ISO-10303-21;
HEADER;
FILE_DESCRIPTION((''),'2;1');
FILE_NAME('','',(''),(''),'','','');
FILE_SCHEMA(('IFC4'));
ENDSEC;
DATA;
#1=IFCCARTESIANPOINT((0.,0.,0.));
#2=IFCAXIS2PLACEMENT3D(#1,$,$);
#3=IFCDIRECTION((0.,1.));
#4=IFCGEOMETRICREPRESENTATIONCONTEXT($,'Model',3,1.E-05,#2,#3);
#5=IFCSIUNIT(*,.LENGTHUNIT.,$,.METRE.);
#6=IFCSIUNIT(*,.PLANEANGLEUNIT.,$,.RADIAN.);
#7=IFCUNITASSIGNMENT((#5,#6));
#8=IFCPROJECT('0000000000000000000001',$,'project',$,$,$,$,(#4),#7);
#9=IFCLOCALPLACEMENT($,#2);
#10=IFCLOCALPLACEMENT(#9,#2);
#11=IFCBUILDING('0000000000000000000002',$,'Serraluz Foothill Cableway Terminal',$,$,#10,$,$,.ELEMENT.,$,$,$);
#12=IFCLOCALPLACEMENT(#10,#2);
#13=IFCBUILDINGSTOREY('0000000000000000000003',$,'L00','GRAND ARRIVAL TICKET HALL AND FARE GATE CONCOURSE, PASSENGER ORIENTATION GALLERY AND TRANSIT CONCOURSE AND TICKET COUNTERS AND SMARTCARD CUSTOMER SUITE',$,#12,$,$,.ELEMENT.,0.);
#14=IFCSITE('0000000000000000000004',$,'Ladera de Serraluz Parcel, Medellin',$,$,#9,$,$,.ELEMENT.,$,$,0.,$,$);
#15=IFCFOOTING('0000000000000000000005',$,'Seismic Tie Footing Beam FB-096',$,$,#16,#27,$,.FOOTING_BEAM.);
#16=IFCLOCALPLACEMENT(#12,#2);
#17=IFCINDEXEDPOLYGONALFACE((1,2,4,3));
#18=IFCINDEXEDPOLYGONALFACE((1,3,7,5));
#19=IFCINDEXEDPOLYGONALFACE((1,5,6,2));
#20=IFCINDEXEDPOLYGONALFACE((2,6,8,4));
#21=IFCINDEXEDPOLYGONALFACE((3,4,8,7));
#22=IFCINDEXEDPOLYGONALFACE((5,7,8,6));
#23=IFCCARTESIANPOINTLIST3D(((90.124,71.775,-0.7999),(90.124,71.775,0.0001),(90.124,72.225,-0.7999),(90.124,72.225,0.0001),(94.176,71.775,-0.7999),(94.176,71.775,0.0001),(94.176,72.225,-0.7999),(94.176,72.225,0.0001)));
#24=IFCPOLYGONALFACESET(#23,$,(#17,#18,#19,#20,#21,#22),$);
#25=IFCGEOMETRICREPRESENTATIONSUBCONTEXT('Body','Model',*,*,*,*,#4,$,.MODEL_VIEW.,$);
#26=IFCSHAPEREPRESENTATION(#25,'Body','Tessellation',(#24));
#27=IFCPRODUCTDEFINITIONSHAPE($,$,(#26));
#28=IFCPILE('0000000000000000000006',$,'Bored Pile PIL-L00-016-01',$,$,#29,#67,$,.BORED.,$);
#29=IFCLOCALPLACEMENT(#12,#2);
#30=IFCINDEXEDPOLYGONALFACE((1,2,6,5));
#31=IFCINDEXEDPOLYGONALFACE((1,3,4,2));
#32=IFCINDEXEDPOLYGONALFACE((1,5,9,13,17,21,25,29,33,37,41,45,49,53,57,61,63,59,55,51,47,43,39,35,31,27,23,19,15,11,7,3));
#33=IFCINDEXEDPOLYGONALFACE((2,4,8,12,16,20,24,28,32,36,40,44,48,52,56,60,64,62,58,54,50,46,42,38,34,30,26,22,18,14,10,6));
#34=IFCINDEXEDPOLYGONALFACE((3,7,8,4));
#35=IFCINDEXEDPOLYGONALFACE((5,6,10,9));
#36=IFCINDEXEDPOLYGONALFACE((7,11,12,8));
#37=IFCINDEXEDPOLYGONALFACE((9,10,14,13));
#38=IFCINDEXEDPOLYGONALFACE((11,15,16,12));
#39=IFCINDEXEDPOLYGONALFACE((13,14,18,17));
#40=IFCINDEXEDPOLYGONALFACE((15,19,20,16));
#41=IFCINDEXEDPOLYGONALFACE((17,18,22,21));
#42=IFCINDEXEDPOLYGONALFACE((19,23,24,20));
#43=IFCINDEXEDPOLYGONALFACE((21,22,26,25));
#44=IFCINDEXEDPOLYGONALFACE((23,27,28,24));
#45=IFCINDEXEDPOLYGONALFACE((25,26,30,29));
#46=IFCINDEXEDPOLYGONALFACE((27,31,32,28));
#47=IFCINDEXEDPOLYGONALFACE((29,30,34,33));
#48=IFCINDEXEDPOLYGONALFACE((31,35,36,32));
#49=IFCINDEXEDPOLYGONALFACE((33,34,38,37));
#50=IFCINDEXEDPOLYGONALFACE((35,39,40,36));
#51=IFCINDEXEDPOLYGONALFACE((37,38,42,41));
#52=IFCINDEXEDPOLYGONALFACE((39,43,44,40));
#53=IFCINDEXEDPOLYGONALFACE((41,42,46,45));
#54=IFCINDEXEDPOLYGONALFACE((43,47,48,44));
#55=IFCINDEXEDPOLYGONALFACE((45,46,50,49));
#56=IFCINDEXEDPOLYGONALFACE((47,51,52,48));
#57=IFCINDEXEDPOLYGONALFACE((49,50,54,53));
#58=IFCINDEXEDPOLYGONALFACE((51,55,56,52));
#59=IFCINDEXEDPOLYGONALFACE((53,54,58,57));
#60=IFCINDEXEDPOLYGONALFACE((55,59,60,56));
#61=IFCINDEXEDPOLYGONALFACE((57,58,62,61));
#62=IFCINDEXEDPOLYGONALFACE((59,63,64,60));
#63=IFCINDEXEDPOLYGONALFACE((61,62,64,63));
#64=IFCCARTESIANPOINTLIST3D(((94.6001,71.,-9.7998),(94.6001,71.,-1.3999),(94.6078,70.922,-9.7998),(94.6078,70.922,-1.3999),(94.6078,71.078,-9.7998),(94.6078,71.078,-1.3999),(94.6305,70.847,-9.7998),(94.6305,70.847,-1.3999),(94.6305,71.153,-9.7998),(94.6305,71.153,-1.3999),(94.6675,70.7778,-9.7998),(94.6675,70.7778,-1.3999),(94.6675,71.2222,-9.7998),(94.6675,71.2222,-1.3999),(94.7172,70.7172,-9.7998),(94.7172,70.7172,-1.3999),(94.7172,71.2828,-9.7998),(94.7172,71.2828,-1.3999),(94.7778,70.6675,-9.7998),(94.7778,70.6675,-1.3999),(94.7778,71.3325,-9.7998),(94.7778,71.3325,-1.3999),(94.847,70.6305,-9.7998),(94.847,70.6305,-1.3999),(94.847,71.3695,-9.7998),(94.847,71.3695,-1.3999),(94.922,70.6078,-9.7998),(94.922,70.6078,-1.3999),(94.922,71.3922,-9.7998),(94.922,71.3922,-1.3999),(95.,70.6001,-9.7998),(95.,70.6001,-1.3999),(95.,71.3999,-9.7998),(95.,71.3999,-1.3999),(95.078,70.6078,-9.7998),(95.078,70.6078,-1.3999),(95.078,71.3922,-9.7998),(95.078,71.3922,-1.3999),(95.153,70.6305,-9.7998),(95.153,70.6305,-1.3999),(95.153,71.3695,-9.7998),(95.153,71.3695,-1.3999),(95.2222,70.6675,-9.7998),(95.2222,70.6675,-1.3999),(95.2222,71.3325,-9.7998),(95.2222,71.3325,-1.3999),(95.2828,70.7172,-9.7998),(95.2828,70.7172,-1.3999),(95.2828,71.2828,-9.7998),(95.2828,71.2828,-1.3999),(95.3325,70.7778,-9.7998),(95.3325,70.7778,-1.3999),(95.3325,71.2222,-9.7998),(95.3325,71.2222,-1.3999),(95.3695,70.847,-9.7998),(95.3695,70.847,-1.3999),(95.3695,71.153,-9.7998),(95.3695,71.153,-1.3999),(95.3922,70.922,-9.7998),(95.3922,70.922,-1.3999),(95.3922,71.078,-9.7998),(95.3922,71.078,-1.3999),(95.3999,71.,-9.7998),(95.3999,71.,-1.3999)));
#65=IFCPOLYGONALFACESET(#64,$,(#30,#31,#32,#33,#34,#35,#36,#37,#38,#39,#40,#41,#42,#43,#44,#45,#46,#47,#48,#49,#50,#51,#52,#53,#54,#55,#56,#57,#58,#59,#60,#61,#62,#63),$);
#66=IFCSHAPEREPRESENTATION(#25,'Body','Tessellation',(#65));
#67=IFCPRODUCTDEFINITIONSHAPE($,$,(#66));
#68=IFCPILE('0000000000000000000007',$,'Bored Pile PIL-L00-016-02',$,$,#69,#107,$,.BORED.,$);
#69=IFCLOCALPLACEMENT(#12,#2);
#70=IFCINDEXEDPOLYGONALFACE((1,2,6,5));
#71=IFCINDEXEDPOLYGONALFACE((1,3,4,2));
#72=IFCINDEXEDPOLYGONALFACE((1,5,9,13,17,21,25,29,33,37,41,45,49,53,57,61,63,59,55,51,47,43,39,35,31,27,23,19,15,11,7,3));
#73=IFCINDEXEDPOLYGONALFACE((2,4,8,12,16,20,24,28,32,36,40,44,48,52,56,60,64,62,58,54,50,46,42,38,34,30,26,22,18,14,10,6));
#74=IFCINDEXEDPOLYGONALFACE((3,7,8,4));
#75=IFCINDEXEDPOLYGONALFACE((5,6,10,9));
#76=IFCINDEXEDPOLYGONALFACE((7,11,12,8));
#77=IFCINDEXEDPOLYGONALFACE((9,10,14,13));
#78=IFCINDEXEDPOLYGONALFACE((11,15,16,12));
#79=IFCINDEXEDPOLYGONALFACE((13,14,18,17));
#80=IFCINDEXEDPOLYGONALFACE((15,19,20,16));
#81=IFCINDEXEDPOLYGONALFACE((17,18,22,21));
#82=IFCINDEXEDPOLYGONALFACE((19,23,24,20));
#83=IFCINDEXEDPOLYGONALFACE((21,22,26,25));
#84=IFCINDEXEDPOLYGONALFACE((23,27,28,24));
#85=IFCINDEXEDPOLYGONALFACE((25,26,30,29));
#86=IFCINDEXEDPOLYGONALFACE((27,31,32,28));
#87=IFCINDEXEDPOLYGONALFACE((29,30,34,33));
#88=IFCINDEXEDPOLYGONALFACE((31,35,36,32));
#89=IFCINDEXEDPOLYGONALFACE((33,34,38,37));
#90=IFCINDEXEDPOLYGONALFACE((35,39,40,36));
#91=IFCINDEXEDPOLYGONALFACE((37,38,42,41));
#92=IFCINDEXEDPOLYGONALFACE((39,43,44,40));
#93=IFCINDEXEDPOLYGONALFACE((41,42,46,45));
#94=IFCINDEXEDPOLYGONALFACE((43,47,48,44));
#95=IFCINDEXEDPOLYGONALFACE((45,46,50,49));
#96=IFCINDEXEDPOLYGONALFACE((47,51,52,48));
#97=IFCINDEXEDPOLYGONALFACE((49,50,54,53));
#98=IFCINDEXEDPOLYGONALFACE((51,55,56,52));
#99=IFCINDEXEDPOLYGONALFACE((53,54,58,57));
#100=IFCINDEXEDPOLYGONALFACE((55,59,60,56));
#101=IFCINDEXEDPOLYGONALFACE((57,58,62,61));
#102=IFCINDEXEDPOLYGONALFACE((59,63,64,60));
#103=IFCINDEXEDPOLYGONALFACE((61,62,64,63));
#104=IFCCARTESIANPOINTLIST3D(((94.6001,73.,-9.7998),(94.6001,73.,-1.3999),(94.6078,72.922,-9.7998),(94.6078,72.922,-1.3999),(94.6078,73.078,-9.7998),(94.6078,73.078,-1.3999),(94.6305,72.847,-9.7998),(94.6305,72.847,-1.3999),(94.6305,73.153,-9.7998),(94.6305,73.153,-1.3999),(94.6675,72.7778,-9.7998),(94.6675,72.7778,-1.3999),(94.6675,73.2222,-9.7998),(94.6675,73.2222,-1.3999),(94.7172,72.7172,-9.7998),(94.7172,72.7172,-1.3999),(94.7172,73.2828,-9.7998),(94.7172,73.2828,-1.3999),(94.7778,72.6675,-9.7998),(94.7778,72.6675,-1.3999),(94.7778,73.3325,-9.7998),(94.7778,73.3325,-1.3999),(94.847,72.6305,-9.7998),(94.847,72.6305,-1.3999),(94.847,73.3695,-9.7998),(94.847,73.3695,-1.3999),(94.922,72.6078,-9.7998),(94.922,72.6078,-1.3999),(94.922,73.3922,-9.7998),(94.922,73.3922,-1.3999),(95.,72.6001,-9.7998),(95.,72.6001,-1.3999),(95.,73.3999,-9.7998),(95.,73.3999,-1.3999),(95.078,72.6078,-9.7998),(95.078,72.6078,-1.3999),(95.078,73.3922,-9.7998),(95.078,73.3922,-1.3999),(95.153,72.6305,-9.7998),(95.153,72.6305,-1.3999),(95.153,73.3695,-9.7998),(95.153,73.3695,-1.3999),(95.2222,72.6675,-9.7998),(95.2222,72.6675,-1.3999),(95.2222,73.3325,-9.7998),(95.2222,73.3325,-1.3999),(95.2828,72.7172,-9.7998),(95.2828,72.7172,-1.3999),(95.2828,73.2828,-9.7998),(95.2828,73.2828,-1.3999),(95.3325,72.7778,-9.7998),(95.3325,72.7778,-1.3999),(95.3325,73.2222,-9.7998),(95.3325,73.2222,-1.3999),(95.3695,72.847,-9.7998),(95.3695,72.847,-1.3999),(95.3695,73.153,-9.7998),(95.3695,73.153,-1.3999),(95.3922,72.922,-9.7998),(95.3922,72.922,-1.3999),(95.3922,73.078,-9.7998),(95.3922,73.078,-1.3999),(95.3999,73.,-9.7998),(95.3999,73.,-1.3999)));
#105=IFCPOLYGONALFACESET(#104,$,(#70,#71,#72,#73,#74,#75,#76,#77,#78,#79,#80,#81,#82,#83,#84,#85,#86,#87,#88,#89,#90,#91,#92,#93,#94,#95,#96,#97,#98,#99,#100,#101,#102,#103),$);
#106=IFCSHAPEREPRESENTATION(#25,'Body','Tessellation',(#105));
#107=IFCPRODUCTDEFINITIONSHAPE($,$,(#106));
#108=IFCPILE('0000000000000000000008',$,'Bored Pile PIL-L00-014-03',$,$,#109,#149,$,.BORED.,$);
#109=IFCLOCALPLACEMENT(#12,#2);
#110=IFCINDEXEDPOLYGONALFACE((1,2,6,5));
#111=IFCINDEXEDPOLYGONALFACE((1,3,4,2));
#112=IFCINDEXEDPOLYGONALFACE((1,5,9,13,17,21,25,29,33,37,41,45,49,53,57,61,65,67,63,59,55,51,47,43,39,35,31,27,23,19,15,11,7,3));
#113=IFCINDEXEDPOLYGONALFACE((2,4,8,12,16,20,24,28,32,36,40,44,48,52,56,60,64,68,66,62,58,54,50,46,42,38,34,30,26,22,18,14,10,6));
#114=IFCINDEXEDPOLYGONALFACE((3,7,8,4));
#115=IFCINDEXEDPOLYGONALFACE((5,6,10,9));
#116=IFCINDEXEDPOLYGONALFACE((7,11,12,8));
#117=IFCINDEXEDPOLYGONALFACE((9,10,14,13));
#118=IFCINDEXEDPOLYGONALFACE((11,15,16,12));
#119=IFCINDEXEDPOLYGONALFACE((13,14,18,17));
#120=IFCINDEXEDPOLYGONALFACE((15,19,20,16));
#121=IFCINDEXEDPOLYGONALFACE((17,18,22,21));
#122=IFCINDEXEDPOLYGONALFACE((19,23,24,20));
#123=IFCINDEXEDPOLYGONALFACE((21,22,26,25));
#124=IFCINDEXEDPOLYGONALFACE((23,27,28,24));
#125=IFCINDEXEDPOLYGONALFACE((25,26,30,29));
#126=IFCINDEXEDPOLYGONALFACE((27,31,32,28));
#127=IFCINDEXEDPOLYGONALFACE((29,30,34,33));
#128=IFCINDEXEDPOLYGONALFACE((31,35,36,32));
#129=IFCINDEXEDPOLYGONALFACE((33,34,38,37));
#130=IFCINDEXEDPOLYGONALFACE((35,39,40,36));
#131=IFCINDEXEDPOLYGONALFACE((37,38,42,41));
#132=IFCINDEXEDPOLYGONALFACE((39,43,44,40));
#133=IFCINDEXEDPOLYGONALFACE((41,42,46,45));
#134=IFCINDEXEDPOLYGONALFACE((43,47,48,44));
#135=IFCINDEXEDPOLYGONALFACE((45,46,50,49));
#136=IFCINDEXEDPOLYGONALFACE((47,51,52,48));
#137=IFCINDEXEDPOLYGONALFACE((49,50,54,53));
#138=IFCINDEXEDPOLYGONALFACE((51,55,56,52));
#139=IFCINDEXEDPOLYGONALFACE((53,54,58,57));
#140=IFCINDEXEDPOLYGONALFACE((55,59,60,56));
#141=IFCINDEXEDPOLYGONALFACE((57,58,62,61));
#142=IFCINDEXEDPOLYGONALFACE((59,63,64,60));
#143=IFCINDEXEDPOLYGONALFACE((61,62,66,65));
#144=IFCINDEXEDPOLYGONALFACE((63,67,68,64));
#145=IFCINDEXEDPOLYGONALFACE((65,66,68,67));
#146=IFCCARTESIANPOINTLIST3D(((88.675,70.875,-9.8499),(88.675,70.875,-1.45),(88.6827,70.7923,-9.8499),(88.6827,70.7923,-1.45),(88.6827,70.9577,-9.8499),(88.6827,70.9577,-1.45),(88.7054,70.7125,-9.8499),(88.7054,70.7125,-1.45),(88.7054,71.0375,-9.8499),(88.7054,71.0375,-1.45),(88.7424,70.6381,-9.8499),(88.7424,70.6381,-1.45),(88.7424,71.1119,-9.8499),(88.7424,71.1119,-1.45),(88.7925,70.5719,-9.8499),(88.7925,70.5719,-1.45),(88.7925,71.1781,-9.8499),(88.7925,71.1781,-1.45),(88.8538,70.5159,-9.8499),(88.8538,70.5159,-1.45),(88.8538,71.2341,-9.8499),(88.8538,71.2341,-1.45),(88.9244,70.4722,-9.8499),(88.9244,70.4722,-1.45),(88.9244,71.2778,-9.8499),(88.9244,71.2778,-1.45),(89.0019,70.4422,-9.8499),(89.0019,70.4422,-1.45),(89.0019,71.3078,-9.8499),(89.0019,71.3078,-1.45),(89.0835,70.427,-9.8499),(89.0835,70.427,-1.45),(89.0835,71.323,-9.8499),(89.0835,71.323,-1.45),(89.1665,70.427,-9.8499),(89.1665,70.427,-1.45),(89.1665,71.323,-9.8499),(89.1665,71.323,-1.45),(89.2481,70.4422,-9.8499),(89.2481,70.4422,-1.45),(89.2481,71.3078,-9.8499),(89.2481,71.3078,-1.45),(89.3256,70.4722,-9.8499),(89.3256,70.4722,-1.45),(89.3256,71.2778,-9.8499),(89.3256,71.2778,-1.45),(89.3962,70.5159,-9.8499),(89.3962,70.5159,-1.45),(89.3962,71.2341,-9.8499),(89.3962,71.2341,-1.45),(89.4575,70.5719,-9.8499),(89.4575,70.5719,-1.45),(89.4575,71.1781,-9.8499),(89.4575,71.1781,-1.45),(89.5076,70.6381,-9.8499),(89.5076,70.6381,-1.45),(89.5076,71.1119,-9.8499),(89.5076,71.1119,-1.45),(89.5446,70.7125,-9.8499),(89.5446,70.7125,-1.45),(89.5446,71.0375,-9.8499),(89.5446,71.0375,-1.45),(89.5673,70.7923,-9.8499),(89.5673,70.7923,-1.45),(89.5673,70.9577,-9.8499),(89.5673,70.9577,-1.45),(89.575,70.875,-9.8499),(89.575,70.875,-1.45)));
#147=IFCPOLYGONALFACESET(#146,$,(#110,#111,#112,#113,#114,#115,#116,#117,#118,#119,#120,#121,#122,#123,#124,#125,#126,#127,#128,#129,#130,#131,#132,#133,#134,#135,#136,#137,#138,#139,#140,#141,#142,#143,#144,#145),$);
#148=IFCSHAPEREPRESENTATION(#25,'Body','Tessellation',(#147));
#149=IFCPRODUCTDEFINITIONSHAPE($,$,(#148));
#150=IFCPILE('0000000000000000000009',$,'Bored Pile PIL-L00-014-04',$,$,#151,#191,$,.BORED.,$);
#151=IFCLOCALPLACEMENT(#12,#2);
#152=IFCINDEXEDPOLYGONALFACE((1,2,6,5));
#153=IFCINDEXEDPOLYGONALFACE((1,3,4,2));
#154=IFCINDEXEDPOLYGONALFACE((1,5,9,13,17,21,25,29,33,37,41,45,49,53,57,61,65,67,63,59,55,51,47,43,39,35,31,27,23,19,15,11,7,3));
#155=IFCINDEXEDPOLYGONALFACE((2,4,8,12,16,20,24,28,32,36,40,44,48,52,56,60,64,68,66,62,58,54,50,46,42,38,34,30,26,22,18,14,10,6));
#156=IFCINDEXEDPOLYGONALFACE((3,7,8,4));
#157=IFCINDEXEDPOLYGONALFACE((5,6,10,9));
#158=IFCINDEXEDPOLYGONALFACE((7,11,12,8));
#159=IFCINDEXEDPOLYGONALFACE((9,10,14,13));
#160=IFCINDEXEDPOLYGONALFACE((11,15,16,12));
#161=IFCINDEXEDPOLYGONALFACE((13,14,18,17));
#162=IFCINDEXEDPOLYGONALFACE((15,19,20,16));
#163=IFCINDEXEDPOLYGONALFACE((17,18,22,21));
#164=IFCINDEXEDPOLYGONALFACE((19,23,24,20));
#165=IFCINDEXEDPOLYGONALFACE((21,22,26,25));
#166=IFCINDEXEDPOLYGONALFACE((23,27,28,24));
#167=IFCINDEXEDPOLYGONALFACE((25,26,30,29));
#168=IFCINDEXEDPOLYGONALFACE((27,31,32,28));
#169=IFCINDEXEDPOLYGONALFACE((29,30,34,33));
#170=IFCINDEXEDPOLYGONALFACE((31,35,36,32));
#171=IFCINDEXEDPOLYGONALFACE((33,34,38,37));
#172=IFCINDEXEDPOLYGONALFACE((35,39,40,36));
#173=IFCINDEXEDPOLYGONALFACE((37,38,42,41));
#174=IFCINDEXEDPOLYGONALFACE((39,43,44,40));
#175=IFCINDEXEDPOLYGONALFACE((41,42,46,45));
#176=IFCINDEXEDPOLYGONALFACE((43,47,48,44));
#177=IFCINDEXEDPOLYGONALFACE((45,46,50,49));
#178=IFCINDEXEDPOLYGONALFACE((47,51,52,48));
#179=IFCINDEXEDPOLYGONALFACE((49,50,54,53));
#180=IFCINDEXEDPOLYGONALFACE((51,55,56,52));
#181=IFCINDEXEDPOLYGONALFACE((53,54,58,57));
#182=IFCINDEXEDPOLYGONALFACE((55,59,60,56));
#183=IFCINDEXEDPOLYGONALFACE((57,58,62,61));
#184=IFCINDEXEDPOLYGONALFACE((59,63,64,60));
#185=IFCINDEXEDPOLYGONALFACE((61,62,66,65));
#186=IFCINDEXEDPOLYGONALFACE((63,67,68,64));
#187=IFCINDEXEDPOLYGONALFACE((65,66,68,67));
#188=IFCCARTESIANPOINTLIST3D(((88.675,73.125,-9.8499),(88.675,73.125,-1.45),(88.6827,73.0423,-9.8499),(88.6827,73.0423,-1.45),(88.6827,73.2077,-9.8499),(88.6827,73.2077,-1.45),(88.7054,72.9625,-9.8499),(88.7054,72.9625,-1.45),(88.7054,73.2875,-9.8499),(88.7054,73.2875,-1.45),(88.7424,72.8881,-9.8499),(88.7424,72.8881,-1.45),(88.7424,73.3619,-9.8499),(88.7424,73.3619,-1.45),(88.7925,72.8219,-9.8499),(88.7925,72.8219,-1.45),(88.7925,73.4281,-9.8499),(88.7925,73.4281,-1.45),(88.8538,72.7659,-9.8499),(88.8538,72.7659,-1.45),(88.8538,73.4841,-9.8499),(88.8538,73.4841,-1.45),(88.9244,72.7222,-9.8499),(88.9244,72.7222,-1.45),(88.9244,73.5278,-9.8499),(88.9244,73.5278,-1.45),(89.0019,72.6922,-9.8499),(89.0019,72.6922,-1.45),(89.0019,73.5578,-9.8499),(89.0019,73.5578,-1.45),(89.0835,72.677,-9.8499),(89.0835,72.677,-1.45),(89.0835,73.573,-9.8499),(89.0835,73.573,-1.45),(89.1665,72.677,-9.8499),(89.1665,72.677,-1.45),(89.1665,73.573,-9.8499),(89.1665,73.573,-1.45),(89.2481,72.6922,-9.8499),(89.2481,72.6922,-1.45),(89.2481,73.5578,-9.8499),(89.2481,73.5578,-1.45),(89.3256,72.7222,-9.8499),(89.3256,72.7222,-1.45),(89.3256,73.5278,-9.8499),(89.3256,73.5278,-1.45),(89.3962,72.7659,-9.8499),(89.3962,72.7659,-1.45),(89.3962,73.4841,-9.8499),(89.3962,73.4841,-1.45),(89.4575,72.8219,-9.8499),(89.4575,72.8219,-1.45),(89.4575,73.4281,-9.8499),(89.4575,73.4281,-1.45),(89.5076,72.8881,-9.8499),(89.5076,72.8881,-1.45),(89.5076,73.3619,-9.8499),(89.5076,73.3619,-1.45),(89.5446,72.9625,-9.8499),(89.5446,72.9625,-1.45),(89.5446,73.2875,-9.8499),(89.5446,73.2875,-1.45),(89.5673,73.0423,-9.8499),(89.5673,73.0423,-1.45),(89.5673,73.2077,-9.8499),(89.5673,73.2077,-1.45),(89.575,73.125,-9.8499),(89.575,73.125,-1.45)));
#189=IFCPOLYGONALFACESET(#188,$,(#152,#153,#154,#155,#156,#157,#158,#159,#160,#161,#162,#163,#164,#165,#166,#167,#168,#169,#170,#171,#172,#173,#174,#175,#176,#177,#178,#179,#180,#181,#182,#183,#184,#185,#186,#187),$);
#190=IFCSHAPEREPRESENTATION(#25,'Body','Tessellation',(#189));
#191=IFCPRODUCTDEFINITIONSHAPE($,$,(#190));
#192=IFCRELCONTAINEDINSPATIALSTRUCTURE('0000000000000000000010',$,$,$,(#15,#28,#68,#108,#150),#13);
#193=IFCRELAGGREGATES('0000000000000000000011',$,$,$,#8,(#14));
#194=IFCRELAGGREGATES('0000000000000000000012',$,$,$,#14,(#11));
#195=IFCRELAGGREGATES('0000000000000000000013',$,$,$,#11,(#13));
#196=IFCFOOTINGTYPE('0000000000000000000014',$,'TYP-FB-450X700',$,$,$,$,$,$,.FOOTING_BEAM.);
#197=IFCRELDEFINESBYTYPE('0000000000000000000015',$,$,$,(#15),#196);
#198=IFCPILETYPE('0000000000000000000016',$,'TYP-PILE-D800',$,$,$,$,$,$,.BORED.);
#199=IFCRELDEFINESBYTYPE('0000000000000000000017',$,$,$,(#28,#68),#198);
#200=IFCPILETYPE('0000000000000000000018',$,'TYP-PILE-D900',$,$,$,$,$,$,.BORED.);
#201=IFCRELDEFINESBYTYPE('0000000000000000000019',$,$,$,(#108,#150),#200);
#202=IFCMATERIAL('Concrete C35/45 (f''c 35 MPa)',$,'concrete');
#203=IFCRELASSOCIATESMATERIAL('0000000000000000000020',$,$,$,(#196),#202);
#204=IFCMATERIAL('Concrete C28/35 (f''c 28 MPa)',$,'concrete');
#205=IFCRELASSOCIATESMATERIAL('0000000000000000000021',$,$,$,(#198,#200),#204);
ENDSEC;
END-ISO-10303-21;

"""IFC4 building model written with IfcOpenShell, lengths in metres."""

from ifc_helpers import new_model, si_unit, direction, frame, origin, origin_2d, place, context, subcontext, project, spatial, rectangle, circle, extrude, material, material_profile, profile_set, type_object, element, save


model = new_model("IFC4")

# Units and contexts
model_context = context("Model", 3, precision=1e-05, world=origin(), true_north=direction((0.0, 1.0)))
body_context = subcontext(model_context, "Body", "Model", "MODEL_VIEW")
ifc_project = project(units=[si_unit("LENGTHUNIT", "METRE"), si_unit("PLANEANGLEUNIT", "RADIAN")], contexts=[model_context])

# Site, building, storey
site_placement = place(None, origin())
site = spatial("IfcSite", under=ifc_project, at=site_placement, Name="Ladera de Serraluz Parcel, Medellin", CompositionType="ELEMENT", RefElevation=0.0)
building_placement = place(site_placement, origin())
building = spatial("IfcBuilding", under=site, at=building_placement, Name="Serraluz Foothill Cableway Terminal", CompositionType="ELEMENT")
storey_placement = place(building_placement, origin())
storey = spatial("IfcBuildingStorey", under=building, at=storey_placement, Name="L00", Description="GRAND ARRIVAL TICKET HALL AND FARE GATE CONCOURSE, PASSENGER ORIENTATION GALLERY AND TRANSIT CONCOURSE AND TICKET COUNTERS AND SMARTCARD CUSTOMER SUITE", CompositionType="ELEMENT", Elevation=0.0)

# Footing
ifc_material_1 = material(Name="Concrete C35/45 (f'c 35 MPa)", Category="concrete")
ifc_material_profile_1 = material_profile(ifc_material_1, rectangle(XDim=0.45, YDim=0.8, at=origin_2d()), Name="RC 450x800")
ifc_profile_set_1 = profile_set([ifc_material_profile_1], Name="Concrete C35/45 (f'c 35 MPa)")
footing_type_1 = type_object("IfcFootingType", Name="TYP-FB-450X700", PredefinedType="FOOTING_BEAM", material=ifc_profile_set_1)
footing_1_placement = place(storey_placement, frame((90.124, 72.0, -0.3999), z_axis=(1.0, 0.0, 0.0), x_axis=(0.0, 1.0, 0.0)))
element("IfcFooting", 1, at=footing_1_placement, inside=storey, type_object=footing_type_1, Name="Seismic Tie Footing Beam FB-096", PredefinedType="FOOTING_BEAM", context=body_context, shape_type="SweptSolid", body=[
    extrude(rectangle(XDim=0.45, YDim=0.8, at=origin_2d()), origin(), (0.0, 0.0, 1.0), 4.052),
])

# Piles
ifc_material_2 = material(Name="Concrete C28/35 (f'c 28 MPa)", Category="concrete")
ifc_material_profile_2 = material_profile(ifc_material_2, circle(Radius=0.3999, at=origin_2d()), Name="BORED PILE D800")
ifc_profile_set_2 = profile_set([ifc_material_profile_2], Name="Concrete C28/35 (f'c 28 MPa)")
pile_type_1 = type_object("IfcPileType", Name="TYP-PILE-D800", PredefinedType="BORED", material=ifc_profile_set_2)
for number, where, z_axis, x_axis, name in (
    (2, (95.0, 71.0, -1.3999), (0.0, 0.0, -1.0), (1.0, 0.0, 0.0), "Bored Pile PIL-L00-016-01"),
    (3, (95.0, 73.0, -1.3999), (0.0, 0.0, -1.0), (1.0, 0.0, 0.0), "Bored Pile PIL-L00-016-02"),
):
    element("IfcPile", number, at=place(storey_placement, frame(where, z_axis=z_axis, x_axis=x_axis)), inside=storey, type_object=pile_type_1, Name=name, PredefinedType="BORED", context=body_context, shape_type="SweptSolid", body=[
        extrude(circle(Radius=0.3999, at=origin_2d()), origin(), (0.0, 0.0, 1.0), 8.3999),
    ])
ifc_material_profile_3 = material_profile(ifc_material_2, circle(Radius=0.45, at=origin_2d()), Name="BORED PILE D900")
ifc_profile_set_3 = profile_set([ifc_material_profile_3], Name="Concrete C28/35 (f'c 28 MPa)")
pile_type_2 = type_object("IfcPileType", Name="TYP-PILE-D900", PredefinedType="BORED", material=ifc_profile_set_3)
for number, where, z_axis, x_axis, name in (
    (4, (89.125, 70.875, -1.45), (0.0, 0.0, -1.0), (1.0, 0.0, 0.0), "Bored Pile PIL-L00-014-03"),
    (5, (89.125, 73.125, -1.45), (0.0, 0.0, -1.0), (1.0, 0.0, 0.0), "Bored Pile PIL-L00-014-04"),
):
    element("IfcPile", number, at=place(storey_placement, frame(where, z_axis=z_axis, x_axis=x_axis)), inside=storey, type_object=pile_type_2, Name=name, PredefinedType="BORED", context=body_context, shape_type="SweptSolid", body=[
        extrude(circle(Radius=0.45, at=origin_2d()), origin(), (0.0, 0.0, 1.0), 8.3999),
    ])

save(model, "model.ifc")
